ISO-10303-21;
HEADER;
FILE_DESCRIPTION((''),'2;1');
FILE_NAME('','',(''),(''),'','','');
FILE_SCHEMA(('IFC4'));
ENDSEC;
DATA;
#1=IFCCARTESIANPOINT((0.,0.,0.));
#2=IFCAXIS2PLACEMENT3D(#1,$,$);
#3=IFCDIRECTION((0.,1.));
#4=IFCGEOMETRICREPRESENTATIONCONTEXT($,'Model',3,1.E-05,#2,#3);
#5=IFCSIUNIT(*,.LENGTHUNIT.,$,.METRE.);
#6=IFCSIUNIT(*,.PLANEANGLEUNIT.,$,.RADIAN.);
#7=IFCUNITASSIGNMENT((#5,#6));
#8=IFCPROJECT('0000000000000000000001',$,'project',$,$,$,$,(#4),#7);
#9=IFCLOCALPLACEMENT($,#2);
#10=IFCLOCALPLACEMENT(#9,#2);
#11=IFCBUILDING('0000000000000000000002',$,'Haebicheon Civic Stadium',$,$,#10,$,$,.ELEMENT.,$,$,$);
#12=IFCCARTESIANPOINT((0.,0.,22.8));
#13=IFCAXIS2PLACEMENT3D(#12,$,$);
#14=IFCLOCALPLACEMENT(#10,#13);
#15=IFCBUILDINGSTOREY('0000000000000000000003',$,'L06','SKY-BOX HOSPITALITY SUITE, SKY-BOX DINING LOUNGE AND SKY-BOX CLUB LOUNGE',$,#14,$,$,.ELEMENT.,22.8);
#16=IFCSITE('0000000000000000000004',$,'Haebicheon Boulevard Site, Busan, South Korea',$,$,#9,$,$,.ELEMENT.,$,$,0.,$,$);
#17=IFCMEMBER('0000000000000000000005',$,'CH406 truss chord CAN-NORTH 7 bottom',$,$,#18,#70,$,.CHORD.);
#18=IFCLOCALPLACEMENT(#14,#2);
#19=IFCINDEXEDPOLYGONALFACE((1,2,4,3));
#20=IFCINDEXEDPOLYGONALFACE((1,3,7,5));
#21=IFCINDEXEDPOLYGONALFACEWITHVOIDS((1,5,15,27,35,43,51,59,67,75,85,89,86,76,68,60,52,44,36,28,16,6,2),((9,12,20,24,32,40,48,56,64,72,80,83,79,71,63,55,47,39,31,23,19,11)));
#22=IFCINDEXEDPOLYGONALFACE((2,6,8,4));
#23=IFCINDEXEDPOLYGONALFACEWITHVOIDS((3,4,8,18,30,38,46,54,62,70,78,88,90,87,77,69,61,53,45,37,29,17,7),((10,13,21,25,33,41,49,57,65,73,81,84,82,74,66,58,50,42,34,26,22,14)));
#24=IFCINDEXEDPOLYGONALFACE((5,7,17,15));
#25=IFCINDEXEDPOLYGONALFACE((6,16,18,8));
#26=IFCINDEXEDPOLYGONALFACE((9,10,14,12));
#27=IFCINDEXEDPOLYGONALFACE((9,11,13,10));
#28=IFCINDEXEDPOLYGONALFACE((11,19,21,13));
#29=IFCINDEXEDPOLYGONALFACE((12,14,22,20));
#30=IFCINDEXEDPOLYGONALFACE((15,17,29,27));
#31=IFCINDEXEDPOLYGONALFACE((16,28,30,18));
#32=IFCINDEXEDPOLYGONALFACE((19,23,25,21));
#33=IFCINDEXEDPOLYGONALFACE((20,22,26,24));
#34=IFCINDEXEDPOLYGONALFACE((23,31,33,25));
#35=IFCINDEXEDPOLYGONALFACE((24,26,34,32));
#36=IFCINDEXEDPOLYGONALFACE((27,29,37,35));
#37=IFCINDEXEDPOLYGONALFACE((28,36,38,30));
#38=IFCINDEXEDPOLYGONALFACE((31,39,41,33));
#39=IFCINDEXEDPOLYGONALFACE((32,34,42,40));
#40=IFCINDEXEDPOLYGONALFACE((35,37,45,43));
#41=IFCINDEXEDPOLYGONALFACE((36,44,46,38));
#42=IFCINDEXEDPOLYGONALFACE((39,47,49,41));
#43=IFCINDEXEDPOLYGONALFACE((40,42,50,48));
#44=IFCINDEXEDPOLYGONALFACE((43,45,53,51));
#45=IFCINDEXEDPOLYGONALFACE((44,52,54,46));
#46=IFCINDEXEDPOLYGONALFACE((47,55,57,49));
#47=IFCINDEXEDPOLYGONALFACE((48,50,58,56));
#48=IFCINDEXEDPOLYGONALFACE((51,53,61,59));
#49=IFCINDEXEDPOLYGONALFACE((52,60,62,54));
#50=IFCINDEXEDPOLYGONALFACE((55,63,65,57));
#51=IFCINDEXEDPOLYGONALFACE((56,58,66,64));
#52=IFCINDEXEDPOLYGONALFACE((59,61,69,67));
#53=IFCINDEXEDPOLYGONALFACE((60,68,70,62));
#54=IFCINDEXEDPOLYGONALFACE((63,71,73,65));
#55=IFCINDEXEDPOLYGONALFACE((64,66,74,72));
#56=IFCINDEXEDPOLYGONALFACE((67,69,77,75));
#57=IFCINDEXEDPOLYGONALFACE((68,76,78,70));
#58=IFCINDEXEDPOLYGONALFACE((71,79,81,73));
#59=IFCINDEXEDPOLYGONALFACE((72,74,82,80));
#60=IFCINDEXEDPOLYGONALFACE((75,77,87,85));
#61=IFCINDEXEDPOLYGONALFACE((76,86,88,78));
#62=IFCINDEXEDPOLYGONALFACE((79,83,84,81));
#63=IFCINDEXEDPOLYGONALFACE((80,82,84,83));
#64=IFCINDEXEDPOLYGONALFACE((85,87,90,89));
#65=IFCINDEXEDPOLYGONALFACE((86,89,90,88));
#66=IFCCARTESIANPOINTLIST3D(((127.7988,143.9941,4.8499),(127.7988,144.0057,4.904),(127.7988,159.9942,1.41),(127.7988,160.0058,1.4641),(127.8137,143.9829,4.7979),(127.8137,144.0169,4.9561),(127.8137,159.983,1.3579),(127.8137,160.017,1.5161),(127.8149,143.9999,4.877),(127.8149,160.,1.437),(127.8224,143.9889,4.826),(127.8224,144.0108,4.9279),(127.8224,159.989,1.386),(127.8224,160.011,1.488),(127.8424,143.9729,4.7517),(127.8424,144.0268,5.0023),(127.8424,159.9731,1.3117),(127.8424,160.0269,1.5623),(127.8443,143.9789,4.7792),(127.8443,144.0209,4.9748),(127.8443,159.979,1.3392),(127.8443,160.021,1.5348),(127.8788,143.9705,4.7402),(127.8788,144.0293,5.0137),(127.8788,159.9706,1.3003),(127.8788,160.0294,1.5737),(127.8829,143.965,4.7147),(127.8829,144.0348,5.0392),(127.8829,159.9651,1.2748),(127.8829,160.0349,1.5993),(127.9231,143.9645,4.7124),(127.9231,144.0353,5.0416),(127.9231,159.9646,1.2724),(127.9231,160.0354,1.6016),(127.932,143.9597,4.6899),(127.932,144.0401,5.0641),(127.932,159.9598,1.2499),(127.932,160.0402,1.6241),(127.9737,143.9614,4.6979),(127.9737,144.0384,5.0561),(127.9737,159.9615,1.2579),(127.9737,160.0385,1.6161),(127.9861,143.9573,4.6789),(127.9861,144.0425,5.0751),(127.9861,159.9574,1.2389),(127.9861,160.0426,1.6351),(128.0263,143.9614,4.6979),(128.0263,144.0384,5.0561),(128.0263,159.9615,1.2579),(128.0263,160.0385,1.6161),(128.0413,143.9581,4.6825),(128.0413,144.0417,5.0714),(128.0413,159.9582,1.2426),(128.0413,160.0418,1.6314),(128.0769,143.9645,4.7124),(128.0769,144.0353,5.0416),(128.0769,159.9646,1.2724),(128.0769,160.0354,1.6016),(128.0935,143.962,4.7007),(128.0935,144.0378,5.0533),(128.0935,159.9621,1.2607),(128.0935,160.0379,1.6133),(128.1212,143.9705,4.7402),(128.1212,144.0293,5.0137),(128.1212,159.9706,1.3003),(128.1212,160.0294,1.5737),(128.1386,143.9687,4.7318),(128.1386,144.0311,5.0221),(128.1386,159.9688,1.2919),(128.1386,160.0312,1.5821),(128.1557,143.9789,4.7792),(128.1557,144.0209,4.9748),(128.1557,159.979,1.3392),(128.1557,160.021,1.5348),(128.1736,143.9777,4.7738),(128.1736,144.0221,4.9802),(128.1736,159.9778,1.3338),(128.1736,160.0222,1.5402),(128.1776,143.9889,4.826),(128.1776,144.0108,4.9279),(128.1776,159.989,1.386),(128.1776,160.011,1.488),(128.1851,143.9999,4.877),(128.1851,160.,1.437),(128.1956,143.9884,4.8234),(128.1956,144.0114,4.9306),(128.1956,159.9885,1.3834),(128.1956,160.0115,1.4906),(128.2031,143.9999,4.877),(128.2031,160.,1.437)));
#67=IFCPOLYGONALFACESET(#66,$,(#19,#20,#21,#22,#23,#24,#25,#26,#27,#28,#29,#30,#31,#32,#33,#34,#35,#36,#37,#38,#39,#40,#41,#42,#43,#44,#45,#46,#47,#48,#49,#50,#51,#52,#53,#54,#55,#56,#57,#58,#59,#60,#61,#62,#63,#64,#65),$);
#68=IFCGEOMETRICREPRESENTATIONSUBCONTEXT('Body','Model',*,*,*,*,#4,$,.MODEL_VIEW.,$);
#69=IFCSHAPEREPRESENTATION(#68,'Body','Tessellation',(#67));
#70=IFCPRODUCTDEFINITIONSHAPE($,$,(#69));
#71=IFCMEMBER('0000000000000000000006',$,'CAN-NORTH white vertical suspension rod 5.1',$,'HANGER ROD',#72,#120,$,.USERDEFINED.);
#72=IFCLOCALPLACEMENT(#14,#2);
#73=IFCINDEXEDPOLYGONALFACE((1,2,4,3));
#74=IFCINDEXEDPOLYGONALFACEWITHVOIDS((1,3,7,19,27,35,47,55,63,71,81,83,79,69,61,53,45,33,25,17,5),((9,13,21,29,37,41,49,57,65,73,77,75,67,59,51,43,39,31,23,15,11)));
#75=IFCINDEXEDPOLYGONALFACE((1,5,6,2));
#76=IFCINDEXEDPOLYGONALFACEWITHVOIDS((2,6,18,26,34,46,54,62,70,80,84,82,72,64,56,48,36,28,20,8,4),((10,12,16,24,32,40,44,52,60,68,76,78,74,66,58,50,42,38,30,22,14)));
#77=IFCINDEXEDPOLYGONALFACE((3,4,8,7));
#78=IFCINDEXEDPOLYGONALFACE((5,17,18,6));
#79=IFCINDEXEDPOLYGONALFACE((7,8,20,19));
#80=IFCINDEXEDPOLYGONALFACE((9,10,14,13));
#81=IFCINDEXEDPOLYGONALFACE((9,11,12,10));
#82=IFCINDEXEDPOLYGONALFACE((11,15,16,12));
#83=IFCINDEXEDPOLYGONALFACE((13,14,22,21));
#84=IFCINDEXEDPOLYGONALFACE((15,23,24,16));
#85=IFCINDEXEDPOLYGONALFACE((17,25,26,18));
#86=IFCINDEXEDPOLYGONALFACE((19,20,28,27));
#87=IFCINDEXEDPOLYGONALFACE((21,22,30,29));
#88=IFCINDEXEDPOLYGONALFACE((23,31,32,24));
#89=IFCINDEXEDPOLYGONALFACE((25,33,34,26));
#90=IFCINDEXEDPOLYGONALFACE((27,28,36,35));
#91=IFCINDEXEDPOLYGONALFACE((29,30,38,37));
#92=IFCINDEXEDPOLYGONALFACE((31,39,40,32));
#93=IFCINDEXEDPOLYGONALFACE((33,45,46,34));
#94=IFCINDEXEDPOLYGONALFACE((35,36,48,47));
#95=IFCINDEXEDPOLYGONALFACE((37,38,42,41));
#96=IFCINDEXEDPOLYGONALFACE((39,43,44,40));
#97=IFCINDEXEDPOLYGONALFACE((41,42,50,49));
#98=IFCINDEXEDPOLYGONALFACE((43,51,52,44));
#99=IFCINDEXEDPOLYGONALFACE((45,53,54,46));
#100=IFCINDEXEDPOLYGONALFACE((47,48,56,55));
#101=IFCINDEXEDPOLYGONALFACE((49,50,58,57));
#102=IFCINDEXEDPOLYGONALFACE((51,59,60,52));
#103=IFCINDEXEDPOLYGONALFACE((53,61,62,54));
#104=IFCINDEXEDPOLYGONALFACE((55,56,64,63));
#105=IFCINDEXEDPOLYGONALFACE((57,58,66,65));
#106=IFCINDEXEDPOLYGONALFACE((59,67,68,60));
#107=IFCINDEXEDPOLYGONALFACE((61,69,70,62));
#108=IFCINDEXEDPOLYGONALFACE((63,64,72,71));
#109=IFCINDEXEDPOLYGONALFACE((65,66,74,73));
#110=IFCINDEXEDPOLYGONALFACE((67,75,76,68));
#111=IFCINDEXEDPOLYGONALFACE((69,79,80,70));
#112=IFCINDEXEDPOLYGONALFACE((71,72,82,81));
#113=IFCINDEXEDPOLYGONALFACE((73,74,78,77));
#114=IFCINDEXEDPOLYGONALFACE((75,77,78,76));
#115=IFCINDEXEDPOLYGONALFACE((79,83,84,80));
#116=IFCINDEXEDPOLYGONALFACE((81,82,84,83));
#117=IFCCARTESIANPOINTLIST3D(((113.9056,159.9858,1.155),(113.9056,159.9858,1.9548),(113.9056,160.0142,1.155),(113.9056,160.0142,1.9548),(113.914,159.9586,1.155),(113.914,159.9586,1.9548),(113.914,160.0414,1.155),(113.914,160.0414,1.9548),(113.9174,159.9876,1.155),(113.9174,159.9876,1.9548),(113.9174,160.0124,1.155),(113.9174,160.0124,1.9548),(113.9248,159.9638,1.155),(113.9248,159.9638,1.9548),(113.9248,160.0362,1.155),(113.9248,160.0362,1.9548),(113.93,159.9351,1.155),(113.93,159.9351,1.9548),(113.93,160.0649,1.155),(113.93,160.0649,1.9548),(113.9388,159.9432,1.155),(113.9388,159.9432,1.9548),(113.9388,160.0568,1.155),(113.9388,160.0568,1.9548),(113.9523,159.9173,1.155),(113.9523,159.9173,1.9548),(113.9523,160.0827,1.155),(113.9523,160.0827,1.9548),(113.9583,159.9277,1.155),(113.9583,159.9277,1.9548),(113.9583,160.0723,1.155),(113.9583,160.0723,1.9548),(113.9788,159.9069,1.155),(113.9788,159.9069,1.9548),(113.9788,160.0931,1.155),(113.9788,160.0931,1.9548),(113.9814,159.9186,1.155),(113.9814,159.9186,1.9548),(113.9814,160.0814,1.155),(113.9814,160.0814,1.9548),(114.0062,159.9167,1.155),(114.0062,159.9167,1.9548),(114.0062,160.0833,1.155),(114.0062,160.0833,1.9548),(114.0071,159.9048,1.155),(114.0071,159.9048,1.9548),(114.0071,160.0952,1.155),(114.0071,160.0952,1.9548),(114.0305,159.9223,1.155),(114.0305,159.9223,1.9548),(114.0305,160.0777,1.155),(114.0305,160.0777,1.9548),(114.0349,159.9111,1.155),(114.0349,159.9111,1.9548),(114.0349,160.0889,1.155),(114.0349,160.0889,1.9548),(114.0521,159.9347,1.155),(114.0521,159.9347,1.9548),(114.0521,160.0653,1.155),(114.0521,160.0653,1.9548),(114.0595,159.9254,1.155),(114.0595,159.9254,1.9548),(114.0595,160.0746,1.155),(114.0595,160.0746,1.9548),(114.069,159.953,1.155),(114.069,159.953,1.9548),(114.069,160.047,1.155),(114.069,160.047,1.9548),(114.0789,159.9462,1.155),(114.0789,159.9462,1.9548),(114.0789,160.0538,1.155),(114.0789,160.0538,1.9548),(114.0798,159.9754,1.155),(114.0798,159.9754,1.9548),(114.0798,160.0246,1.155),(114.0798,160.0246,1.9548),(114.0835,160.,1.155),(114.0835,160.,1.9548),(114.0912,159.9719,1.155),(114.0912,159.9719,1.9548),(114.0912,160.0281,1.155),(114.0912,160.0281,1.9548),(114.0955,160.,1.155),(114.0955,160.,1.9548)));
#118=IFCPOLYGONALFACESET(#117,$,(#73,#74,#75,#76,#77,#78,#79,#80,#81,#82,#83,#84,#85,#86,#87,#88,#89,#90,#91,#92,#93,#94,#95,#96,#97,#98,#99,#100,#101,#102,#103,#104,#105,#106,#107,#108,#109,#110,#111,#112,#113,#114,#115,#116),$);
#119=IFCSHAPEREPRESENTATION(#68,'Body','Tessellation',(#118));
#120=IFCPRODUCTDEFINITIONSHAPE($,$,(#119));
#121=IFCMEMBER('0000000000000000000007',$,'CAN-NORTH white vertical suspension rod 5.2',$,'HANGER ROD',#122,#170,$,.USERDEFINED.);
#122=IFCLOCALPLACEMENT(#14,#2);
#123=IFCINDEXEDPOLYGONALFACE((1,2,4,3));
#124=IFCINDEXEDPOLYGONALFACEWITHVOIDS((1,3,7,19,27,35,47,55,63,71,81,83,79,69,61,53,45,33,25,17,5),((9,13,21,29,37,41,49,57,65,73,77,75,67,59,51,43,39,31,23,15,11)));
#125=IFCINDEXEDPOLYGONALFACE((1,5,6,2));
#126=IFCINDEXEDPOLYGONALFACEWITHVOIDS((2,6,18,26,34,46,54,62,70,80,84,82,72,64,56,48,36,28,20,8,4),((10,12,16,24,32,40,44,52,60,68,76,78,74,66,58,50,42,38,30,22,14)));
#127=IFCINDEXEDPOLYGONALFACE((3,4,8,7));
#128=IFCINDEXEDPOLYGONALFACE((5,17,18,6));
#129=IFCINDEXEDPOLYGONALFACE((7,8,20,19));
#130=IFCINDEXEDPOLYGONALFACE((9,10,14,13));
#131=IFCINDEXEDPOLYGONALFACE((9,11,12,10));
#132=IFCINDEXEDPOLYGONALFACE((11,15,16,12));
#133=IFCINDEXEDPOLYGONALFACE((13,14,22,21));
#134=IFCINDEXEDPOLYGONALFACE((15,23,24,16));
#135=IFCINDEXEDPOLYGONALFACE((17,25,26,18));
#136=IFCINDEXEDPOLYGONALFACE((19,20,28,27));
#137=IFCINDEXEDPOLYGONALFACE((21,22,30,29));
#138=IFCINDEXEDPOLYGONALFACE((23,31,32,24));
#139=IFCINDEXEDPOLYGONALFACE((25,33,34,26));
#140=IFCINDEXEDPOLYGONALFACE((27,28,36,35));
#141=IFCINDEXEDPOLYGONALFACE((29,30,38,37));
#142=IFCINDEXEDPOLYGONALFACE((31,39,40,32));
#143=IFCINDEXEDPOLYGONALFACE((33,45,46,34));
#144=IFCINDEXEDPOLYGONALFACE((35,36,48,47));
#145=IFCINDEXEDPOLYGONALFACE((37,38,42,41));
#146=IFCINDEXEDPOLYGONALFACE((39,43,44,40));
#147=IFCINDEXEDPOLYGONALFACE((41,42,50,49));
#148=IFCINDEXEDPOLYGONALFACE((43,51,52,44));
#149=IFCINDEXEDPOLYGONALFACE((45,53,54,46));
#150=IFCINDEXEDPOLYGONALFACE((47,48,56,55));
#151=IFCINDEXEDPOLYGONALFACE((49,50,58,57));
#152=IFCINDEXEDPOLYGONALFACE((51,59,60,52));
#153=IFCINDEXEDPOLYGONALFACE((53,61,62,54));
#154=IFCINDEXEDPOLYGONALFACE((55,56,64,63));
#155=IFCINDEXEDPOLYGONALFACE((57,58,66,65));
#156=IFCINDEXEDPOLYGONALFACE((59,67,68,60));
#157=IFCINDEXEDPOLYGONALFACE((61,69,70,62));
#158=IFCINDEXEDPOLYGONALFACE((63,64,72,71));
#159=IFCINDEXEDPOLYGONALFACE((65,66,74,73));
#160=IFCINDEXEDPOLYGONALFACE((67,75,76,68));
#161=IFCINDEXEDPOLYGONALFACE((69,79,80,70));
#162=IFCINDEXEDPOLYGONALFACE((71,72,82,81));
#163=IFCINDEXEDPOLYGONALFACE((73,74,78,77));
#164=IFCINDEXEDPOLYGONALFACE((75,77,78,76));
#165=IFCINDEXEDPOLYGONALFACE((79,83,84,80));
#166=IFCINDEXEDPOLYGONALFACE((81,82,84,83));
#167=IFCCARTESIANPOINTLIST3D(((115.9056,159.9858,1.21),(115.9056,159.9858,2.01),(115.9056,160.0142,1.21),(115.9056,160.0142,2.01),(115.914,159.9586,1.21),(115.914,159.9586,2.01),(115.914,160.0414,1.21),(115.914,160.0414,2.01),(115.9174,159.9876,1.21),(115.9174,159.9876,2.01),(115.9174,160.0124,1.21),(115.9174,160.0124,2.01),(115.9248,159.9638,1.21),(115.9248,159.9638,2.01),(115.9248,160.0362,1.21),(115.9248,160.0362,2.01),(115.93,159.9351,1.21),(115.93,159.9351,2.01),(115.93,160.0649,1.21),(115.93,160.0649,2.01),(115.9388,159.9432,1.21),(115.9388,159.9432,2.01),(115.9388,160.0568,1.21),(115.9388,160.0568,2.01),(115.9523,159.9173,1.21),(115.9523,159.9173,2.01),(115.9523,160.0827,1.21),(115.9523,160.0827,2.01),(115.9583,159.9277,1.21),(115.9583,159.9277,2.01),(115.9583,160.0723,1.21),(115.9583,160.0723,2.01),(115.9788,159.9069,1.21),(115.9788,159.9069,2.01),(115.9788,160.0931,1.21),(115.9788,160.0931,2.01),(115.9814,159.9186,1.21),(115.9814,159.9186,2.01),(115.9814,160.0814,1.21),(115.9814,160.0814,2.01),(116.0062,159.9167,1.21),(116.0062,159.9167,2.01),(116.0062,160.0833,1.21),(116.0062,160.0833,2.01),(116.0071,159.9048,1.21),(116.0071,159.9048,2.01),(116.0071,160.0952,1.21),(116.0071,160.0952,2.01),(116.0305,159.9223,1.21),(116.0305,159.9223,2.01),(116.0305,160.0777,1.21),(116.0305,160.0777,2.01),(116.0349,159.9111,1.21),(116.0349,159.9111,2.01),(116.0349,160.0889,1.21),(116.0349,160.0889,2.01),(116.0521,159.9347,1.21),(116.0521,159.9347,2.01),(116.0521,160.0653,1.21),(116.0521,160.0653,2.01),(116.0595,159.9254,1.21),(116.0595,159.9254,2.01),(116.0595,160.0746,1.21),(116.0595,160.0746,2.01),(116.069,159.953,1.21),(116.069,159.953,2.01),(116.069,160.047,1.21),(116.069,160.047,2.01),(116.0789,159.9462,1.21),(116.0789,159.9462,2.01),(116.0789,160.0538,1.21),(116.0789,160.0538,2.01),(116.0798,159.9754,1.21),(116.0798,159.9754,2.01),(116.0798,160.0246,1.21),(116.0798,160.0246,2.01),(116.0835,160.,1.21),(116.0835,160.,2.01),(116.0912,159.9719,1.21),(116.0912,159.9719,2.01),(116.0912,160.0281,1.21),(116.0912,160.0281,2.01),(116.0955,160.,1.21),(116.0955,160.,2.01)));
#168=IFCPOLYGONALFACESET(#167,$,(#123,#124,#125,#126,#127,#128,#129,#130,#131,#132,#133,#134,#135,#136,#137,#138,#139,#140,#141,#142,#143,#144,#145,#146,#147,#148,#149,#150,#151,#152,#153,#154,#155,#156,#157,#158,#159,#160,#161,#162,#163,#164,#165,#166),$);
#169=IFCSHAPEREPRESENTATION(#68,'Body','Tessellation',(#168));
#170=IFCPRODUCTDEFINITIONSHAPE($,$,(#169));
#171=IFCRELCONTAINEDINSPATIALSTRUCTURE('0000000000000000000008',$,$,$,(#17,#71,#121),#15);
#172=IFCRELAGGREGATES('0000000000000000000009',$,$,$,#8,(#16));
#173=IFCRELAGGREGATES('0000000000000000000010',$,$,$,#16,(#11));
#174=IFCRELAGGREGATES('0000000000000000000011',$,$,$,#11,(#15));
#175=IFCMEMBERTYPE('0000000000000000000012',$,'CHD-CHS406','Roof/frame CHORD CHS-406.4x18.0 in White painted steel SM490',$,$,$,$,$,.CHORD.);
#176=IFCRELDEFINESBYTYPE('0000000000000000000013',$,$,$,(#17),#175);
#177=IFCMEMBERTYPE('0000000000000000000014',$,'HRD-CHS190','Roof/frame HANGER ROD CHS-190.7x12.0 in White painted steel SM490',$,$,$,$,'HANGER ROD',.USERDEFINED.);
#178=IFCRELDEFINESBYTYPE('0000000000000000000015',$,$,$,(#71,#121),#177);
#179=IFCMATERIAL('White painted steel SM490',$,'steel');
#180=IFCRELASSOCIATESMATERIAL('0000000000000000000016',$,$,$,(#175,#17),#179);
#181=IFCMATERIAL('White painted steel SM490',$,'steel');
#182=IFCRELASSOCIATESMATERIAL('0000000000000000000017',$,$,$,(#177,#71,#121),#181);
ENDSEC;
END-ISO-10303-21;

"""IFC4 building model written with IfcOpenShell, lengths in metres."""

from ifc_helpers import new_model, si_unit, direction, frame, origin, origin_2d, place, context, subcontext, project, spatial, hollow_circle, extrude, material, material_profile, profile_set, type_object, element, save


model = new_model("IFC4")

# Units and contexts
model_context = context("Model", 3, precision=1e-05, world=origin(), true_north=direction((0.0, 1.0)))
body_context = subcontext(model_context, "Body", "Model", "MODEL_VIEW")
ifc_project = project(units=[si_unit("LENGTHUNIT", "METRE"), si_unit("PLANEANGLEUNIT", "RADIAN")], contexts=[model_context])

# Site, building, storey
site_placement = place(None, origin())
site = spatial("IfcSite", under=ifc_project, at=site_placement, Name="Haebicheon Boulevard Site, Busan, South Korea", CompositionType="ELEMENT", RefElevation=0.0)
building_placement = place(site_placement, origin())
building = spatial("IfcBuilding", under=site, at=building_placement, Name="Haebicheon Civic Stadium", CompositionType="ELEMENT")
storey_placement = place(building_placement, frame((0.0, 0.0, 22.8)))
storey = spatial("IfcBuildingStorey", under=building, at=storey_placement, Name="L06", Description="SKY-BOX HOSPITALITY SUITE, SKY-BOX DINING LOUNGE AND SKY-BOX CLUB LOUNGE", CompositionType="ELEMENT", Elevation=22.8)

# Members
ifc_material_1 = material(Name="White painted steel SM490", Category="steel")
ifc_material_profile_1 = material_profile(ifc_material_1, hollow_circle(Radius=0.2031, WallThickness=0.0181, at=origin_2d()), Name="CHS-406.4x18.0")
ifc_profile_set_1 = profile_set([ifc_material_profile_1], Name="White painted steel SM490")
member_type_1 = type_object("IfcMemberType", Name="CHD-CHS406", Description="Roof/frame CHORD CHS-406.4x18.0 in White painted steel SM490", PredefinedType="CHORD", material=ifc_profile_set_1)
member_1_placement = place(storey_placement, frame((128.0, 160.0, 1.437), z_axis=(0.0, -0.97766, 0.210193), x_axis=(1.0, 0.0, 0.0)))
element("IfcMember", 1, at=member_1_placement, inside=storey, type_object=member_type_1, material=ifc_profile_set_1, Name="CH406 truss chord CAN-NORTH 7 bottom", PredefinedType="CHORD", context=body_context, shape_type="SweptSolid", body=[
    extrude(hollow_circle(Radius=0.2031, WallThickness=0.0181, at=origin_2d()), origin(), (0.0, 0.0, 1.0), 16.3657),
])
ifc_material_2 = material(Name="White painted steel SM490", Category="steel")
ifc_material_profile_2 = material_profile(ifc_material_2, hollow_circle(Radius=0.0955, WallThickness=0.012, at=origin_2d()), Name="CHS-190.7x12.0")
ifc_profile_set_2 = profile_set([ifc_material_profile_2], Name="White painted steel SM490")
member_type_2 = type_object("IfcMemberType", Name="HRD-CHS190", Description="Roof/frame HANGER ROD CHS-190.7x12.0 in White painted steel SM490", ElementType="HANGER ROD", PredefinedType="USERDEFINED", material=ifc_profile_set_2)
member_2_placement = place(storey_placement, frame((114.0, 160.0, 1.155), z_axis=(0.0, 0.0, 1.0), x_axis=(1.0, 0.0, 0.0)))
element("IfcMember", 2, at=member_2_placement, inside=storey, type_object=member_type_2, material=ifc_profile_set_2, Name="CAN-NORTH white vertical suspension rod 5.1", ObjectType="HANGER ROD", PredefinedType="USERDEFINED", context=body_context, shape_type="SweptSolid", body=[
    extrude(hollow_circle(Radius=0.0955, WallThickness=0.012, at=origin_2d()), origin(), (0.0, 0.0, 1.0), 0.7998),
])
for number, where, z_axis, x_axis, name in (
    (3, (116.0, 160.0, 1.21), (0.0, 0.0, 1.0), (1.0, 0.0, 0.0), "CAN-NORTH white vertical suspension rod 5.2"),
):
    element("IfcMember", number, at=place(storey_placement, frame(where, z_axis=z_axis, x_axis=x_axis)), inside=storey, type_object=member_type_2, material=ifc_profile_set_2, Name=name, ObjectType="HANGER ROD", PredefinedType="USERDEFINED", context=body_context, shape_type="SweptSolid", body=[
        extrude(hollow_circle(Radius=0.0955, WallThickness=0.012, at=origin_2d()), origin(), (0.0, 0.0, 1.0), 0.8),
    ])

save(model, "model.ifc")
